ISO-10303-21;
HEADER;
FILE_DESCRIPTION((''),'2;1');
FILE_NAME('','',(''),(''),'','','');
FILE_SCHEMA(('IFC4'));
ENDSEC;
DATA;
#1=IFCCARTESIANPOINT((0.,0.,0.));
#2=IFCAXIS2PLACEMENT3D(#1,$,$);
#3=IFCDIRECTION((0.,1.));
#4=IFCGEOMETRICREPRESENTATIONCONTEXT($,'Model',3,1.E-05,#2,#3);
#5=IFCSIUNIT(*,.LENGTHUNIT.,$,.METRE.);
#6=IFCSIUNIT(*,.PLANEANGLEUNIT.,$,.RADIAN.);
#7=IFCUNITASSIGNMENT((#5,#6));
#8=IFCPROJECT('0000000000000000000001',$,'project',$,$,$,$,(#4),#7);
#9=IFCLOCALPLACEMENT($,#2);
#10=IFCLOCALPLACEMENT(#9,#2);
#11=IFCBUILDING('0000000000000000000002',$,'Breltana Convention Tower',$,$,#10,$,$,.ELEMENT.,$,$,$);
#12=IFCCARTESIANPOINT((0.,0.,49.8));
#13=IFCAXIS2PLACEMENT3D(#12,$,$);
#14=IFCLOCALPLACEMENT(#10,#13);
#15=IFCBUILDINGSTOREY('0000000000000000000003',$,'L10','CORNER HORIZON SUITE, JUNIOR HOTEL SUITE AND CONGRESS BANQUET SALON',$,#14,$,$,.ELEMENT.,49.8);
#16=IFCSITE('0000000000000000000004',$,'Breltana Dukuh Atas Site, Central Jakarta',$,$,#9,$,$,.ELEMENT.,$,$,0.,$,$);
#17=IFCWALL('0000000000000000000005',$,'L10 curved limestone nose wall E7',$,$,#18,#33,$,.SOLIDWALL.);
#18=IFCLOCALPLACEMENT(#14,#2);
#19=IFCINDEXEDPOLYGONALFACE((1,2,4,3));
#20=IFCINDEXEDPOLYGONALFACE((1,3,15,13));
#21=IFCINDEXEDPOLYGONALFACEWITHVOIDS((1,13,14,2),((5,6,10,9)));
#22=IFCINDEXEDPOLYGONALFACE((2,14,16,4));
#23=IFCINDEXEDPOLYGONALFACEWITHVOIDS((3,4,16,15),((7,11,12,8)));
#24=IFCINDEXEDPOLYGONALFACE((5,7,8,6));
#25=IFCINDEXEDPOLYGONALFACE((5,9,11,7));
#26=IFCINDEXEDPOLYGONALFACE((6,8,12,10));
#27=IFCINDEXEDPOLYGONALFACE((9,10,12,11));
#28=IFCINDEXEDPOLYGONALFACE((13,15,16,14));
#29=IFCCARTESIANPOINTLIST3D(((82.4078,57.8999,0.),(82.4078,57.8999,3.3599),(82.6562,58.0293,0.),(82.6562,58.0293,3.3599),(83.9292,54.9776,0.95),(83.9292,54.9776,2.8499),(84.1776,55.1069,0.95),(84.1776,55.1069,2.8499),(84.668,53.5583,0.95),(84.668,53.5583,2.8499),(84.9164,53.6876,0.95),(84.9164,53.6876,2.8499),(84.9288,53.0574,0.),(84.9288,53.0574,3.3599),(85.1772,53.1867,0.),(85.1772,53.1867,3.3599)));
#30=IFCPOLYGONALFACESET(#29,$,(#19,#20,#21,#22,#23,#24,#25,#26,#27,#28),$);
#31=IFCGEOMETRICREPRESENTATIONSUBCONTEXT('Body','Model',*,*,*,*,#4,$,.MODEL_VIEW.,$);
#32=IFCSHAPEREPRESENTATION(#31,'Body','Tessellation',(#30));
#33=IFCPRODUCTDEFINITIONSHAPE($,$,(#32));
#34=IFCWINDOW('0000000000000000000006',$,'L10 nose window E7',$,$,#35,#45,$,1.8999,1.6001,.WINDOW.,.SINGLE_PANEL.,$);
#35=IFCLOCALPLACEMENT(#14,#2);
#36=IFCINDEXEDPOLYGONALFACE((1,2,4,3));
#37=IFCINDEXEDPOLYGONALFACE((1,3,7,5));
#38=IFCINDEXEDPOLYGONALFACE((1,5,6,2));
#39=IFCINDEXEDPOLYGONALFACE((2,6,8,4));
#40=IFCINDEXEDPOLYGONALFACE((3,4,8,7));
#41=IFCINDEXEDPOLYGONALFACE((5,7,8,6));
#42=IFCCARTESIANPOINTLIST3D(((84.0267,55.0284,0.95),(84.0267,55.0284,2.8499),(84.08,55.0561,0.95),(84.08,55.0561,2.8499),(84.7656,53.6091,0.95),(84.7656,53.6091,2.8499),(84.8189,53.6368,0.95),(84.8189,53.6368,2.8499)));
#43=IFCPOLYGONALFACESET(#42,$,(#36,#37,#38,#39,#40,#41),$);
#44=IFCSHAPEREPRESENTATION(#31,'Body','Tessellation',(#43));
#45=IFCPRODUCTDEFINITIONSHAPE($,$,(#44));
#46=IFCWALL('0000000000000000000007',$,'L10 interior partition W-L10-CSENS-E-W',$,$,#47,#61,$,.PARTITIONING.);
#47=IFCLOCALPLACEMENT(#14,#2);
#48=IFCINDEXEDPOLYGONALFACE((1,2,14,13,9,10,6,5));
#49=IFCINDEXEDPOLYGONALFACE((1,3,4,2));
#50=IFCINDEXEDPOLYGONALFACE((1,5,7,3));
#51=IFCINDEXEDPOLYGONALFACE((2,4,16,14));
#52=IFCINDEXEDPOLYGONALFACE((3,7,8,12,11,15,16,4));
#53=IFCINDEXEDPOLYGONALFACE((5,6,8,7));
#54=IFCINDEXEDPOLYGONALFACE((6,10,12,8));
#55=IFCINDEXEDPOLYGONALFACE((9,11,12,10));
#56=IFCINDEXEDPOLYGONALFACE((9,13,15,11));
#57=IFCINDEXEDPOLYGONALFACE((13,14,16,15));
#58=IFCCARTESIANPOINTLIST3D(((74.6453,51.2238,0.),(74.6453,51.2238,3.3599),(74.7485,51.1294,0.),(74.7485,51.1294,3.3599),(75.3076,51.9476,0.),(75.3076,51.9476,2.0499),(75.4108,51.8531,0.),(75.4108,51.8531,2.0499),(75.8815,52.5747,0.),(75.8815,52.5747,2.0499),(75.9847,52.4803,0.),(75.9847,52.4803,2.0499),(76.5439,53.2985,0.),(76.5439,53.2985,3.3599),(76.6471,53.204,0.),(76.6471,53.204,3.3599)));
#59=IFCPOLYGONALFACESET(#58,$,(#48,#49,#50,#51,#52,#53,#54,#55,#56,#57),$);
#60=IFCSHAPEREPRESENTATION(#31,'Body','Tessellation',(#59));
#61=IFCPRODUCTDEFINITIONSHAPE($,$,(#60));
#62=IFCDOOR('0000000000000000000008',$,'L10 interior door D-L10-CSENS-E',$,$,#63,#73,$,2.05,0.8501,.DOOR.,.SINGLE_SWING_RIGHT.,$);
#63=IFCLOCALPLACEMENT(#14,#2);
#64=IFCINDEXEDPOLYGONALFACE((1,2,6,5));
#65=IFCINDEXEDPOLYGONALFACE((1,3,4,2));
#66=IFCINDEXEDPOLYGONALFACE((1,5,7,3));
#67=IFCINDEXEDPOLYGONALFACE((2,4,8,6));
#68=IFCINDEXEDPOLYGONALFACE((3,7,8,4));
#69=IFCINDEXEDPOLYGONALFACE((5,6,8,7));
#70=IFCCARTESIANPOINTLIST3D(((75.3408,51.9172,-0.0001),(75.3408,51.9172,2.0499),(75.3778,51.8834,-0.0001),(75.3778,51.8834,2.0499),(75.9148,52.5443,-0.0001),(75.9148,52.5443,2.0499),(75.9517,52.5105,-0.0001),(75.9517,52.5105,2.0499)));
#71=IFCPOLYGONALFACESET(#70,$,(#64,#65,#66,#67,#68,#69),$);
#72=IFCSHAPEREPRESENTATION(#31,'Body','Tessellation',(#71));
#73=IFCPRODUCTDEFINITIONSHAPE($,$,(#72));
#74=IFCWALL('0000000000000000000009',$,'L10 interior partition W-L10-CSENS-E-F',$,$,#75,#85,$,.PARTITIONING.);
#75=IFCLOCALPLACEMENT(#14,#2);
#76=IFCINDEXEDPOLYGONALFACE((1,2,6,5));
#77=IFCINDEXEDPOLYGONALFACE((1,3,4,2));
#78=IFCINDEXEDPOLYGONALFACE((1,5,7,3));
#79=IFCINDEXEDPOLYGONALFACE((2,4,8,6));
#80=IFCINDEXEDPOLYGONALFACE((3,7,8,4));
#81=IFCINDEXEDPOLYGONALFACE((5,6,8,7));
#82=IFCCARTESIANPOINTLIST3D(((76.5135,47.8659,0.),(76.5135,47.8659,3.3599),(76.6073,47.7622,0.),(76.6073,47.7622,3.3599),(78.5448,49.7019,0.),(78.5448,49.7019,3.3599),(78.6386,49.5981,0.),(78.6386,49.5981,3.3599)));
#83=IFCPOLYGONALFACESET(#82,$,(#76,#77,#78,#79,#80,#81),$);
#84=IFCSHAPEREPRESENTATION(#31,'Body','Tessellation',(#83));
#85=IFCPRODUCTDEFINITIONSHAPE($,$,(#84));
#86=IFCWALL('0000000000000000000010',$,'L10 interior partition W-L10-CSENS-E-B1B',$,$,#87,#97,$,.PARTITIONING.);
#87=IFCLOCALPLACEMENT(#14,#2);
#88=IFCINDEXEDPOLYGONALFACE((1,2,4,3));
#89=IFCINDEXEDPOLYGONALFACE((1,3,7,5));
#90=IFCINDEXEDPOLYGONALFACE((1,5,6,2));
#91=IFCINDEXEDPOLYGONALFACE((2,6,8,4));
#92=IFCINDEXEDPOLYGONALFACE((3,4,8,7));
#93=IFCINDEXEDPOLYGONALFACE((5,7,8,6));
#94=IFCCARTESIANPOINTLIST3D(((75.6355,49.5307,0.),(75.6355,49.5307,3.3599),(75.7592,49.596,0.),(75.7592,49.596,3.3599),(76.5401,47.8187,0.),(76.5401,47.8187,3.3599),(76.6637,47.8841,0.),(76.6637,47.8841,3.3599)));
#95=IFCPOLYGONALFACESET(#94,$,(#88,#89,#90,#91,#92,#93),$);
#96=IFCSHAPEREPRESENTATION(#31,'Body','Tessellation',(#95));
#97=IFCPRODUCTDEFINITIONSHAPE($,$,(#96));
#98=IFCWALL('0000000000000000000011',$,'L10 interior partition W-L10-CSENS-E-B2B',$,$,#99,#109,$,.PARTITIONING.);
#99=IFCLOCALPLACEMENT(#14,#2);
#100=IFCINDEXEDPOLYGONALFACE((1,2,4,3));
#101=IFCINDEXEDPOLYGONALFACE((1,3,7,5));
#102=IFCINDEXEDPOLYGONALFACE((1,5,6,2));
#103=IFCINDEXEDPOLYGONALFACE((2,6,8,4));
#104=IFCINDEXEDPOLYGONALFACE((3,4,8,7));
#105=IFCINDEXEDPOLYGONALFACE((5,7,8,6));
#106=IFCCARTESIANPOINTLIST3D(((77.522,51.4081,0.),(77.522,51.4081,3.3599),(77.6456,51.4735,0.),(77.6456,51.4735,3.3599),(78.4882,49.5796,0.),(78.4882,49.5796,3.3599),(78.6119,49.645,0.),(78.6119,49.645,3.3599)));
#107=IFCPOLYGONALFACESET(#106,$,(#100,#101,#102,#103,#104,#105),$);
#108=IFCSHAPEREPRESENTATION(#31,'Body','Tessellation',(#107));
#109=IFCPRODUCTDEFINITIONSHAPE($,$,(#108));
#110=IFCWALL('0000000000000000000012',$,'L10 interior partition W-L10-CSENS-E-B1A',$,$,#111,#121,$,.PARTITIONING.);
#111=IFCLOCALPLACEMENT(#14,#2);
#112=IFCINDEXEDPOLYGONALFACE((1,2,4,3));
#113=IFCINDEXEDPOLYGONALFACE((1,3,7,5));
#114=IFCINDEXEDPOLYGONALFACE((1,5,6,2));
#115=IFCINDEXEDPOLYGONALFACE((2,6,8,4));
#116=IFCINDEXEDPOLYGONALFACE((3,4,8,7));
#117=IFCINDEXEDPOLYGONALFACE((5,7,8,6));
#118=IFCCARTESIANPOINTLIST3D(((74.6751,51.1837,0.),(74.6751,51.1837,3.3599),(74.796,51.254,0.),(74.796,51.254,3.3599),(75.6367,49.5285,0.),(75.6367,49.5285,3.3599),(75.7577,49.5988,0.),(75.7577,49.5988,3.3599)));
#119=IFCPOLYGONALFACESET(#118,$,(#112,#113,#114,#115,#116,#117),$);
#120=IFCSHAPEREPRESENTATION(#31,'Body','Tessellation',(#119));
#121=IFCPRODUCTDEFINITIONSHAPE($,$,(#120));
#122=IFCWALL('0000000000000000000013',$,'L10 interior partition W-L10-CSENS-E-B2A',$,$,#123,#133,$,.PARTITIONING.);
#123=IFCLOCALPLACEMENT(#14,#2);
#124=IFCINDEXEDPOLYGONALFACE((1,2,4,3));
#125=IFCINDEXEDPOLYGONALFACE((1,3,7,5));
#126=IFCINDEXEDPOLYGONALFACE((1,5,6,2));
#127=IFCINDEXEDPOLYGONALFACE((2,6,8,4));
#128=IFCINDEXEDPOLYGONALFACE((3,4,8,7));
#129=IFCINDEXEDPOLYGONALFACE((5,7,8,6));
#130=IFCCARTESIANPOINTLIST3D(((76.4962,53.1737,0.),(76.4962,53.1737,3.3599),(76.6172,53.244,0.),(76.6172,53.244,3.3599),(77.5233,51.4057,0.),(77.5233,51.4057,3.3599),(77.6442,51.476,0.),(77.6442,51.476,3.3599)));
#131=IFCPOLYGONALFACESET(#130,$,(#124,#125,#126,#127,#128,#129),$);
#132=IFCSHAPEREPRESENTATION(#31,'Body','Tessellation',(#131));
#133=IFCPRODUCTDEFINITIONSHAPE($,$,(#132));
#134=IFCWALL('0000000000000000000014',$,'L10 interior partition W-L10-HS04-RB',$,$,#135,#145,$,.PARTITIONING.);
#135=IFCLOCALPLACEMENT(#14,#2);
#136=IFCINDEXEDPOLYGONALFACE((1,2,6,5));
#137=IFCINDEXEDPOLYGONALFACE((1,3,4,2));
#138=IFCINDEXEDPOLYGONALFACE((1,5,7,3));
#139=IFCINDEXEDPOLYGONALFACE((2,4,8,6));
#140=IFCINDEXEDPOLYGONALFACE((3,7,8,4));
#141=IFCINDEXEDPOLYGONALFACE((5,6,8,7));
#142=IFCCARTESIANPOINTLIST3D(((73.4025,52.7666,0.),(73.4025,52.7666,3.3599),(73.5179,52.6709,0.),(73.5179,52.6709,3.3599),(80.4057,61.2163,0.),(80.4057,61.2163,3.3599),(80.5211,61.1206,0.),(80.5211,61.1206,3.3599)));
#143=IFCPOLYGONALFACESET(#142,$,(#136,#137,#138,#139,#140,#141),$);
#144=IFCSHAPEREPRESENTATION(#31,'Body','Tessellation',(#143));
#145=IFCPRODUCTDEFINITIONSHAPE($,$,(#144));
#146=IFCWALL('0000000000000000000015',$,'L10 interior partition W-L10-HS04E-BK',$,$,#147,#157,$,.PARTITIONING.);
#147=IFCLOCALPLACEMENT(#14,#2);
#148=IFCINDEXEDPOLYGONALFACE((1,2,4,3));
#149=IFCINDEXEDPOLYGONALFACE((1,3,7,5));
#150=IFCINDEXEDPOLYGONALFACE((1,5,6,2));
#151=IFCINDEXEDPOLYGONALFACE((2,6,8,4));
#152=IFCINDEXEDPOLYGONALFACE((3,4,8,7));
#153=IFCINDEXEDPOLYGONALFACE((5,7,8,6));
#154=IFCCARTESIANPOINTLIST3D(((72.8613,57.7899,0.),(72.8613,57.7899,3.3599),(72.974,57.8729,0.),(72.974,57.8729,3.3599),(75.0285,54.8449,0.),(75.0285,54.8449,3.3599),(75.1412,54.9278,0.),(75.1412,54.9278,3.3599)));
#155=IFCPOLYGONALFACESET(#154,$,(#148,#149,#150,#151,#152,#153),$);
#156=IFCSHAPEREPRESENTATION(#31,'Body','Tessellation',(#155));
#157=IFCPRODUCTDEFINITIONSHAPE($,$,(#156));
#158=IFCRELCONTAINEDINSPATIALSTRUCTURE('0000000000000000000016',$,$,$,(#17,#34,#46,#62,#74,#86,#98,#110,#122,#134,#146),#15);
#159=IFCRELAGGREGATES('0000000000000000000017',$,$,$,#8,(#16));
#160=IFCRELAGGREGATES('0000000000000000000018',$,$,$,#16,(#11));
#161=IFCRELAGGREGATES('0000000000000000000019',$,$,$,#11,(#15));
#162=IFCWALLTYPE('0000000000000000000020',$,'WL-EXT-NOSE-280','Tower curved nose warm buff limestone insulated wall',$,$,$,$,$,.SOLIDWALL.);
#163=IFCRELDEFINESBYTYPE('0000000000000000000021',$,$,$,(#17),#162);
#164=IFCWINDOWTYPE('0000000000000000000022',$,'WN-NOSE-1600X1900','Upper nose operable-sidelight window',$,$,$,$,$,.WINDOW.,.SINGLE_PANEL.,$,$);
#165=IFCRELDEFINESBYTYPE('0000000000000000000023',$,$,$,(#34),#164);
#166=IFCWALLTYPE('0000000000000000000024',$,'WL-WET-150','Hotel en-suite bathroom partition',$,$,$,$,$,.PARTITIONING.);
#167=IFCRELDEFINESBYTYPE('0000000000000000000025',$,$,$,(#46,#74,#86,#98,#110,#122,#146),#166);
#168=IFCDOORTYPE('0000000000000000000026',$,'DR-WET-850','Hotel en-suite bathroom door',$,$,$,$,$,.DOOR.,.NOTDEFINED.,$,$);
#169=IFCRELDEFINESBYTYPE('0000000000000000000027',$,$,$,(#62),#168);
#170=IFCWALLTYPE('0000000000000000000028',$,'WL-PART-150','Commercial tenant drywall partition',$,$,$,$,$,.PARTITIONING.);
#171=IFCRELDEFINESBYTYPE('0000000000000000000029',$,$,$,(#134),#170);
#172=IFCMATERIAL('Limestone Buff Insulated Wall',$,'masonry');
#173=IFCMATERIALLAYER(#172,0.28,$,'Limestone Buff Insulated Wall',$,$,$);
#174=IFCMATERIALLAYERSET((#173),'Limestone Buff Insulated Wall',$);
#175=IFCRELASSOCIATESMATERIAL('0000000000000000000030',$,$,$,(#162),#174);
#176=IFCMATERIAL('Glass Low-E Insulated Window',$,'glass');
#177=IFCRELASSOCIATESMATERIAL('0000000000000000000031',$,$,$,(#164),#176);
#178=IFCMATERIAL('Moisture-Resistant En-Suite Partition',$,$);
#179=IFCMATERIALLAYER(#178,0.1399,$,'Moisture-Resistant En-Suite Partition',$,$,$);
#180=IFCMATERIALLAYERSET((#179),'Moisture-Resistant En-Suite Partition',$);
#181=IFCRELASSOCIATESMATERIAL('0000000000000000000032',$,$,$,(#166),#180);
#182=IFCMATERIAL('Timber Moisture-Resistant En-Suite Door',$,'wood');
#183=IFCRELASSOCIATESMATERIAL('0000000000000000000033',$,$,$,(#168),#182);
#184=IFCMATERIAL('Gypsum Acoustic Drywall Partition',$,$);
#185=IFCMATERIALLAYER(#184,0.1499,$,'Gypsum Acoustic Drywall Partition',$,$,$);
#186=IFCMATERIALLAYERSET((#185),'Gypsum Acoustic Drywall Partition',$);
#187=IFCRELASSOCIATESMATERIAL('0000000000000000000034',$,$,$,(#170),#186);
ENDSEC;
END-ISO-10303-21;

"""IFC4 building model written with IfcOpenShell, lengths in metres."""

from ifc_helpers import new_model, si_unit, direction, frame, frame_2d, origin, place, context, subcontext, project, spatial, rectangle, extrude, source, transform, mapped, material, layer, layer_set, type_object, type_shapes, element, fill, save


model = new_model("IFC4")

# Units and contexts
model_context = context("Model", 3, precision=1e-05, world=origin(), true_north=direction((0.0, 1.0)))
body_context = subcontext(model_context, "Body", "Model", "MODEL_VIEW")
ifc_project = project(units=[si_unit("LENGTHUNIT", "METRE"), si_unit("PLANEANGLEUNIT", "RADIAN")], contexts=[model_context])

# Site, building, storey
site_placement = place(None, origin())
site = spatial("IfcSite", under=ifc_project, at=site_placement, Name="Breltana Dukuh Atas Site, Central Jakarta", CompositionType="ELEMENT", RefElevation=0.0)
building_placement = place(site_placement, origin())
building = spatial("IfcBuilding", under=site, at=building_placement, Name="Breltana Convention Tower", CompositionType="ELEMENT")
storey_placement = place(building_placement, frame((0.0, 0.0, 49.8)))
storey = spatial("IfcBuildingStorey", under=building, at=storey_placement, Name="L10", Description="CORNER HORIZON SUITE, JUNIOR HOTEL SUITE AND CONGRESS BANQUET SALON", CompositionType="ELEMENT", Elevation=49.8)

# Wall, opening, window
ifc_material_1 = material(Name="Limestone Buff Insulated Wall", Category="masonry")
ifc_layer_1 = layer(ifc_material_1, 0.28, Name="Limestone Buff Insulated Wall")
ifc_layer_set_1 = layer_set([ifc_layer_1], Name="Limestone Buff Insulated Wall")
wall_type_1 = type_object("IfcWallType", Name="WL-EXT-NOSE-280", Description="Tower curved nose warm buff limestone insulated wall", PredefinedType="SOLIDWALL", material=ifc_layer_set_1)
ifc_material_2 = material(Name="Glass Low-E Insulated Window", Category="glass")
window_type = type_object("IfcWindowType", Name="WN-NOSE-1600X1900", Description="Upper nose operable-sidelight window", PartitioningType="SINGLE_PANEL", PredefinedType="WINDOW", material=ifc_material_2)
shared_shape_1 = source(origin(), body_context, "Body", "SweptSolid", [
    extrude(rectangle(XDim=1.6001, YDim=1.8999, at=frame_2d((0.8, 0.95))), frame((0.0, 0.03, 0.0), z_axis=(0.0, -1.0, 0.0), x_axis=(1.0, 0.0, 0.0)), (0.0, 0.0, 1.0), 0.0601),
])
type_shapes(window_type, [shared_shape_1])
shared_shape_2 = source(origin(), body_context, "Body", "SweptSolid", [
    extrude(rectangle(XDim=5.4595, YDim=0.28, at=frame_2d((2.7297, 0.0))), origin(), (0.0, 0.0, 1.0), 3.3599),
])
wall_1_placement = place(storey_placement, frame((82.532, 57.9646, 0.0), z_axis=(0.0, 0.0, 1.0), x_axis=(0.461768, -0.887001, 0.0)))
wall_1 = element("IfcWall", 1, at=wall_1_placement, inside=storey, type_object=wall_type_1, Name="L10 curved limestone nose wall E7", PredefinedType="SOLIDWALL", context=body_context, shape_type="MappedRepresentation", body=[
    mapped(shared_shape_2, transform((0.0, 0.0, 0.0), scale=1.0)),
])
opening_1_placement = place(wall_1_placement, frame((3.2947, 0.0, 0.95)))
opening_1 = element("IfcOpeningElement", 2, at=opening_1_placement, cuts=wall_1, PredefinedType="OPENING", context=body_context, shape_type="SweptSolid", body=[
    extrude(rectangle(XDim=1.6001, YDim=1.8999, at=frame_2d((0.8, 0.95))), frame((0.0, 0.1499, 0.0), z_axis=(0.0, -1.0, 0.0), x_axis=(1.0, 0.0, 0.0)), (0.0, 0.0, 1.0), 0.3),
])
window_1_placement = place(opening_1_placement, origin())
window_1 = element("IfcWindow", 3, at=window_1_placement, inside=storey, type_object=window_type, Name="L10 nose window E7", OverallHeight=1.8999, OverallWidth=1.6001, PartitioningType="SINGLE_PANEL", PredefinedType="WINDOW", context=body_context, shape_type="MappedRepresentation", body=[
    mapped(shared_shape_1, transform((0.0, 0.0, 0.0), scale=1.0)),
])
fill(opening_1, window_1)

# Wall, opening, door
ifc_material_3 = material(Name="Moisture-Resistant En-Suite Partition")
ifc_layer_2 = layer(ifc_material_3, 0.1399, Name="Moisture-Resistant En-Suite Partition")
ifc_layer_set_2 = layer_set([ifc_layer_2], Name="Moisture-Resistant En-Suite Partition")
wall_type_2 = type_object("IfcWallType", Name="WL-WET-150", Description="Hotel en-suite bathroom partition", PredefinedType="PARTITIONING", material=ifc_layer_set_2)
shared_shape_3 = source(origin(), body_context, "Body", "SweptSolid", [
    extrude(rectangle(XDim=2.8123, YDim=0.1399, at=frame_2d((1.4062, 0.0))), origin(), (0.0, 0.0, 1.0), 3.3599),
])
wall_2_placement = place(storey_placement, frame((74.6968, 51.1765, 0.0), z_axis=(0.0, 0.0, 1.0), x_axis=(0.675119, 0.737709, 0.0)))
wall_2 = element("IfcWall", 4, at=wall_2_placement, inside=storey, type_object=wall_type_2, Name="L10 interior partition W-L10-CSENS-E-W", PredefinedType="PARTITIONING", context=body_context, shape_type="MappedRepresentation", body=[
    mapped(shared_shape_3, transform((0.0, 0.0, 0.0), scale=1.0)),
])
opening_2_placement = place(wall_2_placement, frame((0.9812, 0.0, 0.0)))
opening_2 = element("IfcOpeningElement", 5, at=opening_2_placement, cuts=wall_2, PredefinedType="OPENING", context=body_context, shape_type="SweptSolid", body=[
    extrude(rectangle(XDim=0.8501, YDim=2.05, at=frame_2d((0.425, 1.0249))), frame((0.0, 0.0801, 0.0), z_axis=(0.0, -1.0, 0.0), x_axis=(1.0, 0.0, 0.0)), (0.0, 0.0, 1.0), 0.1599),
])
ifc_material_4 = material(Name="Timber Moisture-Resistant En-Suite Door", Category="wood")
door_type_1 = type_object("IfcDoorType", Name="DR-WET-850", Description="Hotel en-suite bathroom door", OperationType="NOTDEFINED", PredefinedType="DOOR", material=ifc_material_4)
shared_shape_4 = source(origin(), body_context, "Body", "SweptSolid", [
    extrude(rectangle(XDim=0.8501, YDim=2.05, at=frame_2d((0.425, 1.0249))), frame((0.0, 0.0249, 0.0), z_axis=(0.0, -1.0, 0.0), x_axis=(1.0, 0.0, 0.0)), (0.0, 0.0, 1.0), 0.05),
])
type_shapes(door_type_1, [shared_shape_4])
door_1_placement = place(opening_2_placement, origin())
door_1 = element("IfcDoor", 6, at=door_1_placement, inside=storey, type_object=door_type_1, Name="L10 interior door D-L10-CSENS-E", OperationType="SINGLE_SWING_RIGHT", OverallHeight=2.05, OverallWidth=0.8501, PredefinedType="DOOR", context=body_context, shape_type="MappedRepresentation", body=[
    mapped(shared_shape_4, transform((0.0, 0.0, 0.0), scale=1.0)),
])
fill(opening_2, door_1)

# Walls
shared_shape_5 = source(origin(), body_context, "Body", "SweptSolid", [
    extrude(rectangle(XDim=2.738, YDim=0.1399, at=frame_2d((1.3691, 0.0))), origin(), (0.0, 0.0, 1.0), 3.3599),
])
wall_3_placement = place(storey_placement, frame((76.5603, 47.814, 0.0), z_axis=(0.0, 0.0, 1.0), x_axis=(0.741874, 0.67054, 0.0)))
element("IfcWall", 7, at=wall_3_placement, inside=storey, type_object=wall_type_2, Name="L10 interior partition W-L10-CSENS-E-F", PredefinedType="PARTITIONING", context=body_context, shape_type="MappedRepresentation", body=[
    mapped(shared_shape_5, transform((0.0, 0.0, 0.0), scale=1.0)),
])
shared_shape_6 = source(origin(), body_context, "Body", "SweptSolid", [
    extrude(rectangle(XDim=1.9363, YDim=0.1399, at=frame_2d((0.9683, 0.0))), origin(), (0.0, 0.0, 1.0), 3.3599),
])
wall_4_placement = place(storey_placement, frame((75.6973, 49.5635, 0.0), z_axis=(0.0, 0.0, 1.0), x_axis=(0.467175, -0.884165, 0.0)))
element("IfcWall", 8, at=wall_4_placement, inside=storey, type_object=wall_type_2, Name="L10 interior partition W-L10-CSENS-E-B1B", PredefinedType="PARTITIONING", context=body_context, shape_type="MappedRepresentation", body=[
    mapped(shared_shape_6, transform((0.0, 0.0, 0.0), scale=1.0)),
])
shared_shape_7 = source(origin(), body_context, "Body", "SweptSolid", [
    extrude(rectangle(XDim=2.0681, YDim=0.1399, at=frame_2d((1.0342, 0.0))), origin(), (0.0, 0.0, 1.0), 3.3599),
])
wall_5_placement = place(storey_placement, frame((77.5837, 51.4409, 0.0), z_axis=(0.0, 0.0, 1.0), x_axis=(0.467215, -0.884144, 0.0)))
element("IfcWall", 9, at=wall_5_placement, inside=storey, type_object=wall_type_2, Name="L10 interior partition W-L10-CSENS-E-B2B", PredefinedType="PARTITIONING", context=body_context, shape_type="MappedRepresentation", body=[
    mapped(shared_shape_7, transform((0.0, 0.0, 0.0), scale=1.0)),
])
shared_shape_8 = source(origin(), body_context, "Body", "SweptSolid", [
    extrude(rectangle(XDim=1.9143, YDim=0.1399, at=frame_2d((0.957, 0.0))), origin(), (0.0, 0.0, 1.0), 3.3599),
])
wall_6_placement = place(storey_placement, frame((74.7356, 51.2188, 0.0), z_axis=(0.0, 0.0, 1.0), x_axis=(0.502348, -0.864666, 0.0)))
element("IfcWall", 10, at=wall_6_placement, inside=storey, type_object=wall_type_2, Name="L10 interior partition W-L10-CSENS-E-B1A", PredefinedType="PARTITIONING", context=body_context, shape_type="MappedRepresentation", body=[
    mapped(shared_shape_8, transform((0.0, 0.0, 0.0), scale=1.0)),
])
shared_shape_9 = source(origin(), body_context, "Body", "SweptSolid", [
    extrude(rectangle(XDim=2.0447, YDim=0.1399, at=frame_2d((1.0225, 0.0))), origin(), (0.0, 0.0, 1.0), 3.3599),
])
wall_7_placement = place(storey_placement, frame((76.5566, 53.209, 0.0), z_axis=(0.0, 0.0, 1.0), x_axis=(0.502311, -0.864687, 0.0)))
element("IfcWall", 11, at=wall_7_placement, inside=storey, type_object=wall_type_2, Name="L10 interior partition W-L10-CSENS-E-B2A", PredefinedType="PARTITIONING", context=body_context, shape_type="MappedRepresentation", body=[
    mapped(shared_shape_9, transform((0.0, 0.0, 0.0), scale=1.0)),
])
ifc_material_5 = material(Name="Gypsum Acoustic Drywall Partition")
ifc_layer_3 = layer(ifc_material_5, 0.1499, Name="Gypsum Acoustic Drywall Partition")
ifc_layer_set_3 = layer_set([ifc_layer_3], Name="Gypsum Acoustic Drywall Partition")
wall_type_3 = type_object("IfcWallType", Name="WL-PART-150", Description="Commercial tenant drywall partition", PredefinedType="PARTITIONING", material=ifc_layer_set_3)
shared_shape_10 = source(origin(), body_context, "Body", "SweptSolid", [
    extrude(rectangle(XDim=10.9746, YDim=0.1499, at=frame_2d((5.4873, 0.0))), origin(), (0.0, 0.0, 1.0), 3.3599),
])
wall_8_placement = place(storey_placement, frame((73.4602, 52.7188, 0.0), z_axis=(0.0, 0.0, 1.0), x_axis=(0.638125, 0.769933, 0.0)))
element("IfcWall", 12, at=wall_8_placement, inside=storey, type_object=wall_type_3, Name="L10 interior partition W-L10-HS04-RB", PredefinedType="PARTITIONING", context=body_context, shape_type="MappedRepresentation", body=[
    mapped(shared_shape_10, transform((0.0, 0.0, 0.0), scale=1.0)),
])
shared_shape_11 = source(origin(), body_context, "Body", "SweptSolid", [
    extrude(rectangle(XDim=3.6565, YDim=0.1399, at=frame_2d((1.8281, 0.0))), origin(), (0.0, 0.0, 1.0), 3.3599),
])
wall_9_placement = place(storey_placement, frame((72.9177, 57.8313, 0.0), z_axis=(0.0, 0.0, 1.0), x_axis=(0.5927, -0.805423, 0.0)))
element("IfcWall", 13, at=wall_9_placement, inside=storey, type_object=wall_type_2, Name="L10 interior partition W-L10-HS04E-BK", PredefinedType="PARTITIONING", context=body_context, shape_type="MappedRepresentation", body=[
    mapped(shared_shape_11, transform((0.0, 0.0, 0.0), scale=1.0)),
])

save(model, "model.ifc")
